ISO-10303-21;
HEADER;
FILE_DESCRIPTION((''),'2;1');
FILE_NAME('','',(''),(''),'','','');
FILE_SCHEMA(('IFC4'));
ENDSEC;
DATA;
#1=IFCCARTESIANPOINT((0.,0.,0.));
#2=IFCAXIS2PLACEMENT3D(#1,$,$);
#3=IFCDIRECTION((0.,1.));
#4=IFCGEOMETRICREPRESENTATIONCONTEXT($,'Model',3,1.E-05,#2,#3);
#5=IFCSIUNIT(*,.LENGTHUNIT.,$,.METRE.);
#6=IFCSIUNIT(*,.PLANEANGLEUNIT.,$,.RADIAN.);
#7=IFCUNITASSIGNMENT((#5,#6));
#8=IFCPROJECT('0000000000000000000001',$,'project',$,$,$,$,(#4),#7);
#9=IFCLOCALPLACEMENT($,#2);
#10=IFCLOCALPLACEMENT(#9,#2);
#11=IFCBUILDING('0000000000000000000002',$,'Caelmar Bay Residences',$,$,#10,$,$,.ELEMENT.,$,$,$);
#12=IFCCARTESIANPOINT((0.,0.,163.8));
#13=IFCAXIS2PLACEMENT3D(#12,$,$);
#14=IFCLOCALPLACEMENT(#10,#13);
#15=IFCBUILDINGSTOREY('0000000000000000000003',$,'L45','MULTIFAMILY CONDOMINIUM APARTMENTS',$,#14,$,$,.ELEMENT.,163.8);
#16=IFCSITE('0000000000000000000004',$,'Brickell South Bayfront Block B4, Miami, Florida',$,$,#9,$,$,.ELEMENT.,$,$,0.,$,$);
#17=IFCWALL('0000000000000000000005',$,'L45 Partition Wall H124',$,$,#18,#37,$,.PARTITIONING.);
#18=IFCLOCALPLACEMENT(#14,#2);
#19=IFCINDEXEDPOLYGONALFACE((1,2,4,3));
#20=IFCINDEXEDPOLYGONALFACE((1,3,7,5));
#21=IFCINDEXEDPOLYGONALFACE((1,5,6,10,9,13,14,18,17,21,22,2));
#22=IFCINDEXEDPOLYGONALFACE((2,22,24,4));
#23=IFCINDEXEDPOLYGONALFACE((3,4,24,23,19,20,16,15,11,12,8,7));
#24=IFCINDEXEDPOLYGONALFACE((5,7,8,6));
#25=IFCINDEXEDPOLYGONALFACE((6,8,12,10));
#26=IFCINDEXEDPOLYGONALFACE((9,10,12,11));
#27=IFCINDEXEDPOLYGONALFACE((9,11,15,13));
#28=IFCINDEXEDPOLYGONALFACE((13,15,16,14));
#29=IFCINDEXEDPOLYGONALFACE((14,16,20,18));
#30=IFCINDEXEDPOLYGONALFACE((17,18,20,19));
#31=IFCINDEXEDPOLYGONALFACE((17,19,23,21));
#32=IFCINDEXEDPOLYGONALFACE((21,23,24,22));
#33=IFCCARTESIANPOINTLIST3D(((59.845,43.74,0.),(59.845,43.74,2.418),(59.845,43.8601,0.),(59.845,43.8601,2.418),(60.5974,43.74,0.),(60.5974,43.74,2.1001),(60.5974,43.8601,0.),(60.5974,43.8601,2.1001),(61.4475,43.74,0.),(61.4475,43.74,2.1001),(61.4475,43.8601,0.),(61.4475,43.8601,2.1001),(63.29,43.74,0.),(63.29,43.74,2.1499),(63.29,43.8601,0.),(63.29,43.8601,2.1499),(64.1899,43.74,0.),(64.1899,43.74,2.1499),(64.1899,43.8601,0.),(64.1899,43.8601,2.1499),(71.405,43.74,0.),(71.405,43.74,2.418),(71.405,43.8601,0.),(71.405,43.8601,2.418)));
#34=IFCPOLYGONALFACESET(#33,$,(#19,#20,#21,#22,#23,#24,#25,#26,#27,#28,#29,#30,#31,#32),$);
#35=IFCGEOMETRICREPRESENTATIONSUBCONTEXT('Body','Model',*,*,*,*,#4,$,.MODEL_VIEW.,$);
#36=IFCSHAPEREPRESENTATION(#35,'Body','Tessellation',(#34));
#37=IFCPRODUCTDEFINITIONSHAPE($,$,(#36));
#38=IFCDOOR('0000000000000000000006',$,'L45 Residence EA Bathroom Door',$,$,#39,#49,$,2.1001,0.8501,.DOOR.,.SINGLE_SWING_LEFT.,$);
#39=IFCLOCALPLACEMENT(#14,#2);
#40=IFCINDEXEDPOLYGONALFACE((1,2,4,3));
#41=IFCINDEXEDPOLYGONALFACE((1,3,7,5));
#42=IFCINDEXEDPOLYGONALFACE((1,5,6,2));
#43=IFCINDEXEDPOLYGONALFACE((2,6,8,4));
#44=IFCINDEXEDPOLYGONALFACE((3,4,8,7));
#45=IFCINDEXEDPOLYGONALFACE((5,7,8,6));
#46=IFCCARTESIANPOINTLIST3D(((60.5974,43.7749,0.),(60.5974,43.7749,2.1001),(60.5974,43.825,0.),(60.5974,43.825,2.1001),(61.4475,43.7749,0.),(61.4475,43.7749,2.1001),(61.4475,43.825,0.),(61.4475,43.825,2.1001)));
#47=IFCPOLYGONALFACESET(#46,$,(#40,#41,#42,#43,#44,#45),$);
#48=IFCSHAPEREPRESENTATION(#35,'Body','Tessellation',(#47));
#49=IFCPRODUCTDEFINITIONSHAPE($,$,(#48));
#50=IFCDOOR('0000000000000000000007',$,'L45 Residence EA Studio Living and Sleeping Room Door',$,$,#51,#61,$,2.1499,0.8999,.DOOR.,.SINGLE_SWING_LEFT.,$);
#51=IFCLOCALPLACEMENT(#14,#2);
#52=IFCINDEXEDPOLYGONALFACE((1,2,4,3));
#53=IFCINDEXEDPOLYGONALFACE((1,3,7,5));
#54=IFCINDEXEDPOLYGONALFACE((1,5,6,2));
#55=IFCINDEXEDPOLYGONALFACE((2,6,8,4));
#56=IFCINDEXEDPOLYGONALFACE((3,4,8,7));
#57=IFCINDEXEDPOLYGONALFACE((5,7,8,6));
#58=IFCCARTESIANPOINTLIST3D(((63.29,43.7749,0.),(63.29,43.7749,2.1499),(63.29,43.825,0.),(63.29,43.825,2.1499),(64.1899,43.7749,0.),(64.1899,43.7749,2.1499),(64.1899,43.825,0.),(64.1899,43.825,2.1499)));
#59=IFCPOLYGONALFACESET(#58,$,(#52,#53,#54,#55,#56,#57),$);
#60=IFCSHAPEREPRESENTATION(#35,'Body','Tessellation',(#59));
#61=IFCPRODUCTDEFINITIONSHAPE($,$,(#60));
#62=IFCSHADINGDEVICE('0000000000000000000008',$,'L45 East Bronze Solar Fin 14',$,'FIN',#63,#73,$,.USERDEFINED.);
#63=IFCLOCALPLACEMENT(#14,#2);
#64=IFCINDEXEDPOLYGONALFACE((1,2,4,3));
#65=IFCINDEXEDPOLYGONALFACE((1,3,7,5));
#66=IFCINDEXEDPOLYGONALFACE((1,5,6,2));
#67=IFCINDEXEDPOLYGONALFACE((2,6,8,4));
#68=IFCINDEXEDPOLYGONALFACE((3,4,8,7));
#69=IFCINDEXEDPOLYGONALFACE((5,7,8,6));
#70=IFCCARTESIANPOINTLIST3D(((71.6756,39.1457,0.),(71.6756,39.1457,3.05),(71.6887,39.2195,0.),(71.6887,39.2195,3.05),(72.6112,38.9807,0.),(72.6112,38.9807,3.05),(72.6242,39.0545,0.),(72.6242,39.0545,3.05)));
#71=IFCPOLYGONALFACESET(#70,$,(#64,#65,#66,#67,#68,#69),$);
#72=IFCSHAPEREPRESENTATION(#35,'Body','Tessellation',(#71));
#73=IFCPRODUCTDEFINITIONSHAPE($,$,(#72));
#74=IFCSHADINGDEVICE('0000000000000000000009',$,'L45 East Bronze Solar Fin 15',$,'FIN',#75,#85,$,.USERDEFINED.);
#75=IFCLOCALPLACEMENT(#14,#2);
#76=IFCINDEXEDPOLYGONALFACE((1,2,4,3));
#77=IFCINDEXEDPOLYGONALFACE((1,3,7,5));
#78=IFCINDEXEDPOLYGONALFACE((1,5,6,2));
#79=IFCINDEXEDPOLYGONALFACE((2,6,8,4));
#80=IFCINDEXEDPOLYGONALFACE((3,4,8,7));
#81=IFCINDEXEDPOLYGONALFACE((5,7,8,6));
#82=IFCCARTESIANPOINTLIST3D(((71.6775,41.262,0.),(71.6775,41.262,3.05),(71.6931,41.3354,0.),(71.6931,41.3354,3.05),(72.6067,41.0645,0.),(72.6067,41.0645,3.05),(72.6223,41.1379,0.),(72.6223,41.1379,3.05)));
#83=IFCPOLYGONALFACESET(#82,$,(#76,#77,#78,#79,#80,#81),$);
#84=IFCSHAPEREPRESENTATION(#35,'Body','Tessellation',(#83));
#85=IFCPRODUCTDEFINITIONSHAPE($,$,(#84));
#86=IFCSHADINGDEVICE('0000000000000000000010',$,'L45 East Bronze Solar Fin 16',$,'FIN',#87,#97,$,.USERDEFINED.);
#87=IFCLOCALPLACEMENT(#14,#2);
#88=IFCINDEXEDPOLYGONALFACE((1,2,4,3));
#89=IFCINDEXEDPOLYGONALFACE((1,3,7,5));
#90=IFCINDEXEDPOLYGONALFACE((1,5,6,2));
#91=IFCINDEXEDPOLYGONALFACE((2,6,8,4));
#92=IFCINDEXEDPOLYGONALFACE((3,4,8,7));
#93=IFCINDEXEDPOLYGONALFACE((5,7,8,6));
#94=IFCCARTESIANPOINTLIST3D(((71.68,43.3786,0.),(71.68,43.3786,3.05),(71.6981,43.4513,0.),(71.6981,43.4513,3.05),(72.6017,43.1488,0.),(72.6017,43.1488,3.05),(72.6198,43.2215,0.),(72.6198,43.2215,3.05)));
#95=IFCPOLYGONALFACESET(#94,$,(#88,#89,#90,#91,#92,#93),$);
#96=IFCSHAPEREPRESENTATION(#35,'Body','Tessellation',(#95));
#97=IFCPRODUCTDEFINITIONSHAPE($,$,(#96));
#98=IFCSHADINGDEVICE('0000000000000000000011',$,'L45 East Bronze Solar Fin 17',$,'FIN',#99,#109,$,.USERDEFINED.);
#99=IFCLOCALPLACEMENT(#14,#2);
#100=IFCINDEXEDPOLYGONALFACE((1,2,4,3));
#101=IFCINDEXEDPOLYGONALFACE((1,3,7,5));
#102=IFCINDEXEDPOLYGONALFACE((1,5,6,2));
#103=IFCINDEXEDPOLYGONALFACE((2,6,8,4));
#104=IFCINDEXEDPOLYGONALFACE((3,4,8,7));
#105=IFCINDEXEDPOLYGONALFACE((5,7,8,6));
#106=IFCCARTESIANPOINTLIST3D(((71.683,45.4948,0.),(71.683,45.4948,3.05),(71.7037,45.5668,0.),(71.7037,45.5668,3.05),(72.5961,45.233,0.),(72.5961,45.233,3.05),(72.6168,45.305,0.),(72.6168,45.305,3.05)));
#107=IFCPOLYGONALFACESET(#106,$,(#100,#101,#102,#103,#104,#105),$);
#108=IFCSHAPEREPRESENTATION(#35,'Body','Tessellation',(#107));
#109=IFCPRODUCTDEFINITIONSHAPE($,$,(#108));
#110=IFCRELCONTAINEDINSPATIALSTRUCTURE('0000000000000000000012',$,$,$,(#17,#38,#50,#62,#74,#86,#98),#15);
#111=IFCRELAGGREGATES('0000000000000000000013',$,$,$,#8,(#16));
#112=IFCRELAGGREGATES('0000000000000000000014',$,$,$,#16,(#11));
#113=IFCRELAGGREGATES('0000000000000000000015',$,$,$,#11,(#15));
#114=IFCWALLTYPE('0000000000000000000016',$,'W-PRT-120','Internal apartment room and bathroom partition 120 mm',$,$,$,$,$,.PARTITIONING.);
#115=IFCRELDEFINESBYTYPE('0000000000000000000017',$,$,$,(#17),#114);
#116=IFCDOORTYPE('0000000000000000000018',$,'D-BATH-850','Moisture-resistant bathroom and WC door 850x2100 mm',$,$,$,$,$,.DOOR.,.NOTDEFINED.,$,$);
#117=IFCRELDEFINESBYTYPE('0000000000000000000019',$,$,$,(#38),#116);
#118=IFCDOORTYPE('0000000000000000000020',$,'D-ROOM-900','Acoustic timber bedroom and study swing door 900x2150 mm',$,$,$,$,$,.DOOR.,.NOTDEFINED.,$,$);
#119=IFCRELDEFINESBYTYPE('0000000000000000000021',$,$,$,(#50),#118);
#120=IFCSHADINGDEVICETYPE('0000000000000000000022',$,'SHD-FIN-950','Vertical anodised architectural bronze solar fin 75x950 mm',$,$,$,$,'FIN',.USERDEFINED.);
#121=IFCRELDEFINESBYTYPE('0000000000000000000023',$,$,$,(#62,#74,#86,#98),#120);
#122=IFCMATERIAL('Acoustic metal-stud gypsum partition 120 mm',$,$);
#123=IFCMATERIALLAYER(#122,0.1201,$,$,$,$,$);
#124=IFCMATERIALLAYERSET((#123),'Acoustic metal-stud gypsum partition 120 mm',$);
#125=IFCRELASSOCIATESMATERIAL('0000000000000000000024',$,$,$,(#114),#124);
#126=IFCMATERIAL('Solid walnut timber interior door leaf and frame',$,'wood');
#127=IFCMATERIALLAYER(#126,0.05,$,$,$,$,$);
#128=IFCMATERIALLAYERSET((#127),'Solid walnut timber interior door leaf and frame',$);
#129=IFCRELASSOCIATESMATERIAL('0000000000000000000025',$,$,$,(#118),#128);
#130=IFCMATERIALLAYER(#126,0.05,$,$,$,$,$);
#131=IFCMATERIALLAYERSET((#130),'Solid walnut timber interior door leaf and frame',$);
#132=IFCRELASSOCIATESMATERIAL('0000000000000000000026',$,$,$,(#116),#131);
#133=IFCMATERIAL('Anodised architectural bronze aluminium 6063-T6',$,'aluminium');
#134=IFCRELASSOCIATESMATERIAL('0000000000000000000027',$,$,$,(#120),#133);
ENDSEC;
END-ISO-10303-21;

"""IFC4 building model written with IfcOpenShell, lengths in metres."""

from ifc_helpers import new_model, si_unit, direction, frame, frame_2d, origin, origin_2d, place, context, subcontext, project, spatial, rectangle, extrude, material, layer, layer_set, material_profile, profile_set, type_object, element, fill, save


model = new_model("IFC4")

# Units and contexts
model_context = context("Model", 3, precision=1e-05, world=origin(), true_north=direction((0.0, 1.0)))
body_context = subcontext(model_context, "Body", "Model", "MODEL_VIEW")
ifc_project = project(units=[si_unit("LENGTHUNIT", "METRE"), si_unit("PLANEANGLEUNIT", "RADIAN")], contexts=[model_context])

# Site, building, storey
site_placement = place(None, origin())
site = spatial("IfcSite", under=ifc_project, at=site_placement, Name="Brickell South Bayfront Block B4, Miami, Florida", CompositionType="ELEMENT", RefElevation=0.0)
building_placement = place(site_placement, origin())
building = spatial("IfcBuilding", under=site, at=building_placement, Name="Caelmar Bay Residences", CompositionType="ELEMENT")
storey_placement = place(building_placement, frame((0.0, 0.0, 163.8)))
storey = spatial("IfcBuildingStorey", under=building, at=storey_placement, Name="L45", Description="MULTIFAMILY CONDOMINIUM APARTMENTS", CompositionType="ELEMENT", Elevation=163.8)

# Shared definitions
ifc_material_1 = material(Name="Acoustic metal-stud gypsum partition 120 mm")
ifc_layer_1 = layer(ifc_material_1, 0.1201)
ifc_layer_set_1 = layer_set([ifc_layer_1], Name="Acoustic metal-stud gypsum partition 120 mm")
wall_type_1 = type_object("IfcWallType", Name="W-PRT-120", Description="Internal apartment room and bathroom partition 120 mm", PredefinedType="PARTITIONING", material=ifc_layer_set_1)
ifc_material_2 = material(Name="Solid walnut timber interior door leaf and frame", Category="wood")
ifc_layer_2 = layer(ifc_material_2, 0.05)
ifc_layer_set_2 = layer_set([ifc_layer_2], Name="Solid walnut timber interior door leaf and frame")
door_type_1 = type_object("IfcDoorType", Name="D-ROOM-900", Description="Acoustic timber bedroom and study swing door 900x2150 mm", OperationType="NOTDEFINED", PredefinedType="DOOR", material=ifc_layer_set_2)

# Wall, openings, doors
wall_1_placement = place(storey_placement, frame((59.845, 43.8, 0.0), z_axis=(0.0, 0.0, 1.0), x_axis=(1.0, 0.0, 0.0)))
wall_1 = element("IfcWall", 1, at=wall_1_placement, inside=storey, type_object=wall_type_1, Name="L45 Partition Wall H124", PredefinedType="PARTITIONING", context=body_context, shape_type="SweptSolid", body=[
    extrude(rectangle(XDim=11.5601, YDim=0.1201, at=frame_2d((5.78, 0.0))), origin(), (0.0, 0.0, 1.0), 2.418),
])
opening_1_placement = place(wall_1_placement, frame((3.4451, 0.0, 0.0)))
opening_1 = element("IfcOpeningElement", 2, at=opening_1_placement, cuts=wall_1, PredefinedType="OPENING", context=body_context, shape_type="SweptSolid", body=[
    extrude(rectangle(XDim=0.8999, YDim=2.1499, at=frame_2d((0.45, 1.075))), frame((0.0, 0.0701, 0.0), z_axis=(0.0, -1.0, 0.0), x_axis=(1.0, 0.0, 0.0)), (0.0, 0.0, 1.0), 0.1401),
])
opening_2_placement = place(wall_1_placement, frame((0.7524, 0.0, 0.0)))
opening_2 = element("IfcOpeningElement", 3, at=opening_2_placement, cuts=wall_1, PredefinedType="OPENING", context=body_context, shape_type="SweptSolid", body=[
    extrude(rectangle(XDim=0.8501, YDim=2.1001, at=frame_2d((0.425, 1.05))), frame((0.0, 0.0701, 0.0), z_axis=(0.0, -1.0, 0.0), x_axis=(1.0, 0.0, 0.0)), (0.0, 0.0, 1.0), 0.1401),
])
ifc_layer_3 = layer(ifc_material_2, 0.05)
ifc_layer_set_3 = layer_set([ifc_layer_3], Name="Solid walnut timber interior door leaf and frame")
door_type_2 = type_object("IfcDoorType", Name="D-BATH-850", Description="Moisture-resistant bathroom and WC door 850x2100 mm", OperationType="NOTDEFINED", PredefinedType="DOOR", material=ifc_layer_set_3)
door_1_placement = place(opening_2_placement, origin())
door_1 = element("IfcDoor", 4, at=door_1_placement, inside=storey, type_object=door_type_2, Name="L45 Residence EA Bathroom Door", OperationType="SINGLE_SWING_LEFT", OverallHeight=2.1001, OverallWidth=0.8501, PredefinedType="DOOR", context=body_context, shape_type="SweptSolid", body=[
    extrude(rectangle(XDim=0.8501, YDim=2.1001, at=frame_2d((0.425, 1.05))), frame((0.0, 0.0249, 0.0), z_axis=(0.0, -1.0, 0.0), x_axis=(1.0, 0.0, 0.0)), (0.0, 0.0, 1.0), 0.05),
])
fill(opening_2, door_1)
door_2_placement = place(opening_1_placement, origin())
door_2 = element("IfcDoor", 5, at=door_2_placement, inside=storey, type_object=door_type_1, Name="L45 Residence EA Studio Living and Sleeping Room Door", OperationType="SINGLE_SWING_LEFT", OverallHeight=2.1499, OverallWidth=0.8999, PredefinedType="DOOR", context=body_context, shape_type="SweptSolid", body=[
    extrude(rectangle(XDim=0.8999, YDim=2.1499, at=frame_2d((0.45, 1.075))), frame((0.0, 0.0249, 0.0), z_axis=(0.0, -1.0, 0.0), x_axis=(1.0, 0.0, 0.0)), (0.0, 0.0, 1.0), 0.05),
])
fill(opening_1, door_2)

# Shading devices
ifc_material_3 = material(Name="Anodised architectural bronze aluminium 6063-T6", Category="aluminium")
ifc_material_profile_1 = material_profile(ifc_material_3, rectangle(XDim=0.075, YDim=0.95, at=origin_2d()), Name="BRONZE-FIN-75X950")
ifc_profile_set_1 = profile_set([ifc_material_profile_1], Name="Anodised architectural bronze aluminium 6063-T6")
shading_device_type = type_object("IfcShadingDeviceType", Name="SHD-FIN-950", Description="Vertical anodised architectural bronze solar fin 75x950 mm", ElementType="FIN", PredefinedType="USERDEFINED", material=ifc_profile_set_1)
for number, where, z_axis, x_axis, name in (
    (6, (72.1499, 39.1001, 0.0), (0.0, 0.0, 1.0), (0.173648, 0.984808, 0.0), "L45 East Bronze Solar Fin 14"),
    (7, (72.1499, 41.2, 0.0), (0.0, 0.0, 1.0), (0.207912, 0.978148, 0.0), "L45 East Bronze Solar Fin 15"),
    (8, (72.1499, 43.3, 0.0), (0.0, 0.0, 1.0), (0.241922, 0.970296, 0.0), "L45 East Bronze Solar Fin 16"),
    (9, (72.1499, 45.3999, 0.0), (0.0, 0.0, 1.0), (0.275637, 0.961262, 0.0), "L45 East Bronze Solar Fin 17"),
):
    element("IfcShadingDevice", number, at=place(storey_placement, frame(where, z_axis=z_axis, x_axis=x_axis)), inside=storey, type_object=shading_device_type, Name=name, ObjectType="FIN", PredefinedType="USERDEFINED", context=body_context, shape_type="SweptSolid", body=[
        extrude(rectangle(XDim=0.075, YDim=0.95, at=origin_2d()), origin(), (0.0, 0.0, 1.0), 3.05),
    ])

save(model, "model.ifc")
